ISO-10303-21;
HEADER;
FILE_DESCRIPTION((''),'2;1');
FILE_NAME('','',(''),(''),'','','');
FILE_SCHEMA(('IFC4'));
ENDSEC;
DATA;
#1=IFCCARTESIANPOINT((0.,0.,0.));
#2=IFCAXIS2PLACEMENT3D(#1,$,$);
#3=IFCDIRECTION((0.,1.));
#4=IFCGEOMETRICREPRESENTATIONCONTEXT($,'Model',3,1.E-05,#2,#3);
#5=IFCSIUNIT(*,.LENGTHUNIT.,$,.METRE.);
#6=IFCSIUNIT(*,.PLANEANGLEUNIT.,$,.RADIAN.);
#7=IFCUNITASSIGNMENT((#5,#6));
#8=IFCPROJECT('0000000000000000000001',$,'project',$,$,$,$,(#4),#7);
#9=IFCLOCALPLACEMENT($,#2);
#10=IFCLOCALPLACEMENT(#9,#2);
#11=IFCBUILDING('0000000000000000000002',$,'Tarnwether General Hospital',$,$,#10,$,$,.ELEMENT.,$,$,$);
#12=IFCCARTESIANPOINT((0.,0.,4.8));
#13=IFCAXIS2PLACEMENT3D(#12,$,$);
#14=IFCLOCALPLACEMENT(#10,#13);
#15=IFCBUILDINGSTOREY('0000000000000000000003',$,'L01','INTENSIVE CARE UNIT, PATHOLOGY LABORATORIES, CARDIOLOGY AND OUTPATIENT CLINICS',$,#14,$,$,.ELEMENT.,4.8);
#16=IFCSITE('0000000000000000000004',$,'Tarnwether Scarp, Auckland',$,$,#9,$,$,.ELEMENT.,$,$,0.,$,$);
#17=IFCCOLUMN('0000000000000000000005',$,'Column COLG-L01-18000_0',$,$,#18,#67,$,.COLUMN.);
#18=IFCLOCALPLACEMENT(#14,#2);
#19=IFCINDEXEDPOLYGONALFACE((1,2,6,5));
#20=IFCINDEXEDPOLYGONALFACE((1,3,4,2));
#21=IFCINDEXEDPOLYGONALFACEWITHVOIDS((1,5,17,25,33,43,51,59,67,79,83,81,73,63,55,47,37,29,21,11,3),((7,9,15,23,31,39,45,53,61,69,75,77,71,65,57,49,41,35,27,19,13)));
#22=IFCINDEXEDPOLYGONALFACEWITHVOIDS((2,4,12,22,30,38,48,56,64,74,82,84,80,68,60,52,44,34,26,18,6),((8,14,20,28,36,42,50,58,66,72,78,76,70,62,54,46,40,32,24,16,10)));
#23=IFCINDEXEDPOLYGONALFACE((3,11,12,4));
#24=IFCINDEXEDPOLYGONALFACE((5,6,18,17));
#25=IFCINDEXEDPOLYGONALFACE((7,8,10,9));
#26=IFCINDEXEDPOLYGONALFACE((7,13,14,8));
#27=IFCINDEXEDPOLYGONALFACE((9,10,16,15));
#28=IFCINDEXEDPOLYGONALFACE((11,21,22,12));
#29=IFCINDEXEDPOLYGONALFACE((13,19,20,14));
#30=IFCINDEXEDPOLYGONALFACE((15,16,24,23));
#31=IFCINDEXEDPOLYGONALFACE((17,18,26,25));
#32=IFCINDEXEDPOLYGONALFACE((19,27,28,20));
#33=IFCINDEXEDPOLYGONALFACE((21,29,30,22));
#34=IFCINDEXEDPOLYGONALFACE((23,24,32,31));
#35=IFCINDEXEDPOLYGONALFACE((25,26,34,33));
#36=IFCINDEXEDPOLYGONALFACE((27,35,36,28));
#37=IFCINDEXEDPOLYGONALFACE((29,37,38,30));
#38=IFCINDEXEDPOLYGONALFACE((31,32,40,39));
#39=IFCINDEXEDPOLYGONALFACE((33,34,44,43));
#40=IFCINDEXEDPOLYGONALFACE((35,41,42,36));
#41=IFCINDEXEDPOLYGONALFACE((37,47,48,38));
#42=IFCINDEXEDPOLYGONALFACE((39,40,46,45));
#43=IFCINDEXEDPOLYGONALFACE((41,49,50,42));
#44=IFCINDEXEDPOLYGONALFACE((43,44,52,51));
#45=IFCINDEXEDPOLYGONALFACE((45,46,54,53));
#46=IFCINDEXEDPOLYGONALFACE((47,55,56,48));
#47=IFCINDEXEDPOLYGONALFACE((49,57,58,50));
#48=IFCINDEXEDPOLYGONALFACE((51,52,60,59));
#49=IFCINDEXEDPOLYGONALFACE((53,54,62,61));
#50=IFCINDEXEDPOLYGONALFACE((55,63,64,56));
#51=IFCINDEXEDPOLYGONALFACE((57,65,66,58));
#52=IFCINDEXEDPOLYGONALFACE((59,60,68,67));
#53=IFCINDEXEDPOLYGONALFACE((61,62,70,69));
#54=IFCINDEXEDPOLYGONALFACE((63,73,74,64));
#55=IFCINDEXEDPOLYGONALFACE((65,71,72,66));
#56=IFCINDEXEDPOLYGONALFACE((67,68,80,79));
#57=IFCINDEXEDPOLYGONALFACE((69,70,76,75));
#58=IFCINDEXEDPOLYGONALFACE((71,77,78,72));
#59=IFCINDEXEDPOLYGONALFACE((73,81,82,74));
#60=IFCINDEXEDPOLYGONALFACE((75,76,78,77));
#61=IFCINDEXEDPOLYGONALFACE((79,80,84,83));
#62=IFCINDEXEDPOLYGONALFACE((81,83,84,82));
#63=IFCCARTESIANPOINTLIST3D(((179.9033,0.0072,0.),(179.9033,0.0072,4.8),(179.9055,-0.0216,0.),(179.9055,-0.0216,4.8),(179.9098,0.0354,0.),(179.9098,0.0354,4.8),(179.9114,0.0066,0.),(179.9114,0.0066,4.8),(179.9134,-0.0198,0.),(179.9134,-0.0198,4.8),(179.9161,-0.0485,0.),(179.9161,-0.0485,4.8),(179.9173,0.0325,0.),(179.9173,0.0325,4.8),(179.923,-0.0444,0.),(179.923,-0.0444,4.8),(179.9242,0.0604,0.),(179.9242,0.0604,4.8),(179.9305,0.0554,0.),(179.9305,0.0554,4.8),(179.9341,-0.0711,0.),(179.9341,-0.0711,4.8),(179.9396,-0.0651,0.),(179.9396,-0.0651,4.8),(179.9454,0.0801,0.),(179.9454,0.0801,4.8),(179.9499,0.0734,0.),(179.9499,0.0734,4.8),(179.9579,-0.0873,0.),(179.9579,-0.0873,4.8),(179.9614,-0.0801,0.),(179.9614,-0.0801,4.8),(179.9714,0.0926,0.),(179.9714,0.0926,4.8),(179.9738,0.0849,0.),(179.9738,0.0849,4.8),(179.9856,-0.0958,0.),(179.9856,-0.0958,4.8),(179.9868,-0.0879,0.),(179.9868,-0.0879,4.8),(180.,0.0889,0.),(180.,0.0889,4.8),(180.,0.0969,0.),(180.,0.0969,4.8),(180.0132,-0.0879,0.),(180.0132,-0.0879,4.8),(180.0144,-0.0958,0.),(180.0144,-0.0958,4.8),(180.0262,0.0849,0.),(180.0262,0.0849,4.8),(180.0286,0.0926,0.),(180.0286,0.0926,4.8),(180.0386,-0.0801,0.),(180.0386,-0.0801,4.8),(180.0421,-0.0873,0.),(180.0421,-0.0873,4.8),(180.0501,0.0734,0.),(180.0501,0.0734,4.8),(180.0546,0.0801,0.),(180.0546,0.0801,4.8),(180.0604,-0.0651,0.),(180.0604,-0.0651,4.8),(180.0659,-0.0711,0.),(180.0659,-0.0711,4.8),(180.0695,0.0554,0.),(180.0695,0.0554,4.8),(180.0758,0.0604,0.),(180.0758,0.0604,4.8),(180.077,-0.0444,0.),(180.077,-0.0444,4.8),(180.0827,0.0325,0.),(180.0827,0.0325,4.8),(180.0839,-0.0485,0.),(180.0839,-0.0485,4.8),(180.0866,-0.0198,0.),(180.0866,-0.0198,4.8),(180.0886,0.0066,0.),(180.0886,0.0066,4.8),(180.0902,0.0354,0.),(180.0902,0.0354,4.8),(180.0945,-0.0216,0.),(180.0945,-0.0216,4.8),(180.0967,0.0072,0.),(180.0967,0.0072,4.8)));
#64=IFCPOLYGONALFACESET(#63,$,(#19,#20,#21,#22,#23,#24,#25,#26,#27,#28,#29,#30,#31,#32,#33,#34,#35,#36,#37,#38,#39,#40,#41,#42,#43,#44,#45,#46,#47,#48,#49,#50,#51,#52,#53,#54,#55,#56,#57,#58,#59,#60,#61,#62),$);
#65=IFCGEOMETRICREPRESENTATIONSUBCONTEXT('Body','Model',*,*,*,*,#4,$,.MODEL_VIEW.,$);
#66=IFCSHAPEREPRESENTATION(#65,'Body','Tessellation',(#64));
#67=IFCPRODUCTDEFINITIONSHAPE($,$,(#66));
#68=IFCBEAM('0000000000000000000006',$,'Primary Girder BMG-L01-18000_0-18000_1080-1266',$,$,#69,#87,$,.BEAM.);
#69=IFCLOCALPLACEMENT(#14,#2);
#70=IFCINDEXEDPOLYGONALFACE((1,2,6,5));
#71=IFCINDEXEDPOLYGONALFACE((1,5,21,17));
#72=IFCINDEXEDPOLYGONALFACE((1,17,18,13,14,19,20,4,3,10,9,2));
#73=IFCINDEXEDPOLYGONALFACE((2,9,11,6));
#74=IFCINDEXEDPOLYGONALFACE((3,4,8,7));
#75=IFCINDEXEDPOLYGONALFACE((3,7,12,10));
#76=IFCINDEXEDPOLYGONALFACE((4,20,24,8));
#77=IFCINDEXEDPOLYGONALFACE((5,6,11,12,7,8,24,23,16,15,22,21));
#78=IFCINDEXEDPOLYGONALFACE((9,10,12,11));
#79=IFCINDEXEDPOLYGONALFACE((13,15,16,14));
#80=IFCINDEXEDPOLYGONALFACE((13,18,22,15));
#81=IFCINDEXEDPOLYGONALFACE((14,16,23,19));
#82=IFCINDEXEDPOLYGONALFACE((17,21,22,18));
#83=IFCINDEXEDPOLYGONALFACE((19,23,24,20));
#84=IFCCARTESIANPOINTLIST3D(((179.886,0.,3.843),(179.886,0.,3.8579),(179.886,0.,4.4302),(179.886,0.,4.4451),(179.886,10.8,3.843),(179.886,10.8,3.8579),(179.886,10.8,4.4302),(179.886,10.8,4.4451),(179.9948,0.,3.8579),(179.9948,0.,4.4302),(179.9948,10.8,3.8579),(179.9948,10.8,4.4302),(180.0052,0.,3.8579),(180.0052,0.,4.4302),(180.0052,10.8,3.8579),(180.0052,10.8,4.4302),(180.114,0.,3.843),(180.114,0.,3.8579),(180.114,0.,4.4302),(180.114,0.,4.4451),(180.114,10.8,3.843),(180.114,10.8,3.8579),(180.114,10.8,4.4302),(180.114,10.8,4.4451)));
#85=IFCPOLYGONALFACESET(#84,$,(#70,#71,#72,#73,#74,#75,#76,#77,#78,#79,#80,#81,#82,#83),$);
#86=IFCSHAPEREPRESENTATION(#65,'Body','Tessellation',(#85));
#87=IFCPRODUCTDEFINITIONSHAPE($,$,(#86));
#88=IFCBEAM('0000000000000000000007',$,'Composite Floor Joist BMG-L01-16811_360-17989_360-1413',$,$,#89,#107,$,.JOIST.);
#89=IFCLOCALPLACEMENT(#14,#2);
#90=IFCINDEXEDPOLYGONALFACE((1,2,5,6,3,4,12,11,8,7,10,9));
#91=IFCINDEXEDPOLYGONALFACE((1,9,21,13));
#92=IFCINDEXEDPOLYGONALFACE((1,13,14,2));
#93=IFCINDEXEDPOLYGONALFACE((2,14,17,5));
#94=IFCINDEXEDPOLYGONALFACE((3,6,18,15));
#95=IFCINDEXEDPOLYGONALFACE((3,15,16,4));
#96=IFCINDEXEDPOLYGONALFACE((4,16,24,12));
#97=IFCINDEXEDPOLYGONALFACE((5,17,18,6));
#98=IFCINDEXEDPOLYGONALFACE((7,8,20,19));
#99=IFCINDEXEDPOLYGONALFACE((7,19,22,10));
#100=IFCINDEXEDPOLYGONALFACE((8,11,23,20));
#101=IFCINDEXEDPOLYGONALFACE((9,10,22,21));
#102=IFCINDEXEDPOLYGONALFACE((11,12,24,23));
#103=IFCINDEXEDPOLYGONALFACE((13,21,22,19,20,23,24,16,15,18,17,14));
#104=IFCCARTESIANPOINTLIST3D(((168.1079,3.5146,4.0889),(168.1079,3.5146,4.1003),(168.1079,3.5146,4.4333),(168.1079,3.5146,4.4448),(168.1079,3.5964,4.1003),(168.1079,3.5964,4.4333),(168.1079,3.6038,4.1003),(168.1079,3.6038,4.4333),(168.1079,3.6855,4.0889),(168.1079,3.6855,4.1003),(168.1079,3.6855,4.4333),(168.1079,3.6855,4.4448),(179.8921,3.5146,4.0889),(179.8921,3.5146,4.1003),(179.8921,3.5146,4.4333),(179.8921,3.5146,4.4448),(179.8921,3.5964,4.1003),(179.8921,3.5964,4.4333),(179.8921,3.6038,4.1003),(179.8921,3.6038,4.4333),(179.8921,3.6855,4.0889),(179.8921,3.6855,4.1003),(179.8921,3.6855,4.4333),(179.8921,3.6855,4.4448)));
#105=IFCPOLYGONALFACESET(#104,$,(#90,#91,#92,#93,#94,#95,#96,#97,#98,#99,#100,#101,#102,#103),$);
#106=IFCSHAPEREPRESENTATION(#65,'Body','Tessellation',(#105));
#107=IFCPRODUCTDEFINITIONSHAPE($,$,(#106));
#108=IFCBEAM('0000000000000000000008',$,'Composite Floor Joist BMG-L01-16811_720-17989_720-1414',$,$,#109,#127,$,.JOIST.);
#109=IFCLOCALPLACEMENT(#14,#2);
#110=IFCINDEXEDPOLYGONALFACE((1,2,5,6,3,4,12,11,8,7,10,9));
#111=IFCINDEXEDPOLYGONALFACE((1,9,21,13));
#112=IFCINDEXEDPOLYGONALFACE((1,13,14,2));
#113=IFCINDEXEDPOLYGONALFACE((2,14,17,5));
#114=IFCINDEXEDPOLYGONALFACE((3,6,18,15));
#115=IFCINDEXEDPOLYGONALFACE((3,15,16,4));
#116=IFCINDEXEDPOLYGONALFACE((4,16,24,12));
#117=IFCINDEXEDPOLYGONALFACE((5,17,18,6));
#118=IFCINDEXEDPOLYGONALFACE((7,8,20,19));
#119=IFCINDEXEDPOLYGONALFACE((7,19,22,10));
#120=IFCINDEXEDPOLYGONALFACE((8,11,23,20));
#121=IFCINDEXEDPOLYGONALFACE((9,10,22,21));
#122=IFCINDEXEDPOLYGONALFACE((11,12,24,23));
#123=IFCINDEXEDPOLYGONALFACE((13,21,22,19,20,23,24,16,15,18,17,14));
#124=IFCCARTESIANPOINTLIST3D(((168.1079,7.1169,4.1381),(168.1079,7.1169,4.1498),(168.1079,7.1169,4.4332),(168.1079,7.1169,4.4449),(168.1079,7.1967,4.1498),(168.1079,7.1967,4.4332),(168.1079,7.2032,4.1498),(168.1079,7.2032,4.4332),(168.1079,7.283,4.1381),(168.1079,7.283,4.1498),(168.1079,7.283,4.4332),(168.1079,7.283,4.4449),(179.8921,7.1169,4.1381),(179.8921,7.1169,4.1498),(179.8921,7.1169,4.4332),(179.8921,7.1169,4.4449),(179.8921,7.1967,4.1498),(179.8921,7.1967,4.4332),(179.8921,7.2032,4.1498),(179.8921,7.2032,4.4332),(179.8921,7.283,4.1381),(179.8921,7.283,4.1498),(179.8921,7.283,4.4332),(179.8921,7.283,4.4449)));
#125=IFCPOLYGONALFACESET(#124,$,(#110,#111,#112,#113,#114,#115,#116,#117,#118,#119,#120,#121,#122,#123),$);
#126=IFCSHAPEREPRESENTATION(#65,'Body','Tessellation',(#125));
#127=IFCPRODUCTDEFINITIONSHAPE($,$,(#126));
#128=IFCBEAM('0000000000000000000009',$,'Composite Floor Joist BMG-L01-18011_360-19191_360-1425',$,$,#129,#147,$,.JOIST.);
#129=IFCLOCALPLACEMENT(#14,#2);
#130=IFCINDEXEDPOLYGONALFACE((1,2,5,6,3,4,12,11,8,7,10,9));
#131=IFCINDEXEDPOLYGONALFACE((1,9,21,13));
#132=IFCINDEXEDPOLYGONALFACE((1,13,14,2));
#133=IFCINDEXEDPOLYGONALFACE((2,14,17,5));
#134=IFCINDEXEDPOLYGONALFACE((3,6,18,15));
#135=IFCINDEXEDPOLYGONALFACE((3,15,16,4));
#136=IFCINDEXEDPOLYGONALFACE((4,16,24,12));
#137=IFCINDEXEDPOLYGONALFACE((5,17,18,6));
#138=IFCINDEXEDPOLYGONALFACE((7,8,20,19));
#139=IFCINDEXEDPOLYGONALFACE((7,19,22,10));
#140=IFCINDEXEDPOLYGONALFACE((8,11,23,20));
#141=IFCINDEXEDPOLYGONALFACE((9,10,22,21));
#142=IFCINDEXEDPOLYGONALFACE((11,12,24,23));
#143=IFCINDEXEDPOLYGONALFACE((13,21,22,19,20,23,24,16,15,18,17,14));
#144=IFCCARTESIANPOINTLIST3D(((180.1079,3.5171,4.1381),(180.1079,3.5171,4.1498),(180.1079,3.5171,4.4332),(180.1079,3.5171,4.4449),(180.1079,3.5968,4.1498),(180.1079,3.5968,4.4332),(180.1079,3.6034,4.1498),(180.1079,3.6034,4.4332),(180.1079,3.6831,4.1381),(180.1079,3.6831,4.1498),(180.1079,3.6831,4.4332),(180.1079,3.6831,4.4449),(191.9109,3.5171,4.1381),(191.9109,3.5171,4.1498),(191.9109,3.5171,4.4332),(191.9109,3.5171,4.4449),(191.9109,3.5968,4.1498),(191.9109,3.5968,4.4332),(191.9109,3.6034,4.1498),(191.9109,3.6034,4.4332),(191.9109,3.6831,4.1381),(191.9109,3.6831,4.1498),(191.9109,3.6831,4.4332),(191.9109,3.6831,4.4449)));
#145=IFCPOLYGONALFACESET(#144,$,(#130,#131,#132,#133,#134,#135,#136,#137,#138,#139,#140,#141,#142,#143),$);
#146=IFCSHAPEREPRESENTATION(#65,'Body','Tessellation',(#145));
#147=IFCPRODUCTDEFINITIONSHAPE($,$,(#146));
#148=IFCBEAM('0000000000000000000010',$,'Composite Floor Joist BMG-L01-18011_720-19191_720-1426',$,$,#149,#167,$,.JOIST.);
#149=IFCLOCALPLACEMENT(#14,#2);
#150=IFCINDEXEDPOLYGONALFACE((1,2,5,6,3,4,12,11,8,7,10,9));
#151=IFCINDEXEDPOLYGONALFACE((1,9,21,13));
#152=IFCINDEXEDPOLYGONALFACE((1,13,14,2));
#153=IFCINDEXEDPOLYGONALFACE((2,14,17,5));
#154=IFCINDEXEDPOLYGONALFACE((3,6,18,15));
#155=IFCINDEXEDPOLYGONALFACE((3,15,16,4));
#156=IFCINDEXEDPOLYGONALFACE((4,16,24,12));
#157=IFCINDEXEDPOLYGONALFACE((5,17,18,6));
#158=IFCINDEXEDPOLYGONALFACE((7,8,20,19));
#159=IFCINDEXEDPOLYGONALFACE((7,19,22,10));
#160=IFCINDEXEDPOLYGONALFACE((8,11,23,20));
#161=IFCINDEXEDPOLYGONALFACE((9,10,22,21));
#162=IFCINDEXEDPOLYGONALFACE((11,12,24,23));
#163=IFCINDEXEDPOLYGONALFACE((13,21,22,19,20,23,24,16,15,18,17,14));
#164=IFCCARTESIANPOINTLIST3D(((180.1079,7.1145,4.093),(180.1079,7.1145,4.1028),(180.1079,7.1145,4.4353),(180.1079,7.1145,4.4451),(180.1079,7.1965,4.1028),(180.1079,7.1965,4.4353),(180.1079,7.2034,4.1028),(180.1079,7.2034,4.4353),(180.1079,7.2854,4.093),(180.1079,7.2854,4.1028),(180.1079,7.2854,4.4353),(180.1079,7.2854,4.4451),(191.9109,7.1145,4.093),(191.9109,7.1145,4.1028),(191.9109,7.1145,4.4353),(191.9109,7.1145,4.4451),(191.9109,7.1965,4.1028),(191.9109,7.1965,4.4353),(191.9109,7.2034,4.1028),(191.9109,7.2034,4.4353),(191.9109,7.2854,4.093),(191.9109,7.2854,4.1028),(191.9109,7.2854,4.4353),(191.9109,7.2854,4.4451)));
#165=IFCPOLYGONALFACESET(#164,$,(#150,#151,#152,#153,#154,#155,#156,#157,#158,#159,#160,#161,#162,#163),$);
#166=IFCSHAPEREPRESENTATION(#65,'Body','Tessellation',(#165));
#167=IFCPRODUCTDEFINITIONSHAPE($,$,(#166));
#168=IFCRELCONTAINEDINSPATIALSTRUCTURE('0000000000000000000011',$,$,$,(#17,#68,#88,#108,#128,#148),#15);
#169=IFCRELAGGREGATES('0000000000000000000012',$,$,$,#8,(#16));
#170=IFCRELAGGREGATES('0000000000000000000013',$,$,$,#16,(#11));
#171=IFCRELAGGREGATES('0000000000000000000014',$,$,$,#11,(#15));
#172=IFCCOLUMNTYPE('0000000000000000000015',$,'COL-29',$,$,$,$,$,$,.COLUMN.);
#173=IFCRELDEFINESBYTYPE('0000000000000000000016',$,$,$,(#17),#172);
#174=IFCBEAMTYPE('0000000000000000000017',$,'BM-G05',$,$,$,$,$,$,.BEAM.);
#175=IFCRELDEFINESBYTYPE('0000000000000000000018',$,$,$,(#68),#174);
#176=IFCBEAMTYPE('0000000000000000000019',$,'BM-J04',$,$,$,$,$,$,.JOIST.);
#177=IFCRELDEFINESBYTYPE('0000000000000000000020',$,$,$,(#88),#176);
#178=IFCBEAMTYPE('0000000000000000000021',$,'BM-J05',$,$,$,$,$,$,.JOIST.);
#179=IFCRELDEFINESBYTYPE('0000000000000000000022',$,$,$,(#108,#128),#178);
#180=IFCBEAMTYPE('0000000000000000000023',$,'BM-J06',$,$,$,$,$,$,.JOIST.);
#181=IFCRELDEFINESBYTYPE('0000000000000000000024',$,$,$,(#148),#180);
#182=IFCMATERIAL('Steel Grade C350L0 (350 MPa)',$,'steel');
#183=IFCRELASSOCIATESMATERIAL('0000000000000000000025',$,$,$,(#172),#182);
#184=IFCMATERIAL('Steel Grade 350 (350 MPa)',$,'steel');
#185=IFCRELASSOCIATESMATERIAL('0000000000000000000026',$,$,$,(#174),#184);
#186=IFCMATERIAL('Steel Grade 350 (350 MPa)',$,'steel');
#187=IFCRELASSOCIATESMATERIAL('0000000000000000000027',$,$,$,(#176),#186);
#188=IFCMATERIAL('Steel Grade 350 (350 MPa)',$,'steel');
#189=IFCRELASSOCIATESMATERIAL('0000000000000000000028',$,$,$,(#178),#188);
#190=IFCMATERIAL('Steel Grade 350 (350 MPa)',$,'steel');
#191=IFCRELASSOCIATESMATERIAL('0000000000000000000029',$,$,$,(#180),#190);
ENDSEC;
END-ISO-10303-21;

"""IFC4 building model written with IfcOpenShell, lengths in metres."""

from ifc_helpers import new_model, si_unit, direction, frame, origin, origin_2d, place, context, subcontext, project, spatial, hollow_circle, i_section, extrude, material, material_profile, profile_set, type_object, element, save


model = new_model("IFC4")

# Units and contexts
model_context = context("Model", 3, precision=1e-05, world=origin(), true_north=direction((0.0, 1.0)))
body_context = subcontext(model_context, "Body", "Model", "MODEL_VIEW")
ifc_project = project(units=[si_unit("LENGTHUNIT", "METRE"), si_unit("PLANEANGLEUNIT", "RADIAN")], contexts=[model_context])

# Site, building, storey
site_placement = place(None, origin())
site = spatial("IfcSite", under=ifc_project, at=site_placement, Name="Tarnwether Scarp, Auckland", CompositionType="ELEMENT", RefElevation=0.0)
building_placement = place(site_placement, origin())
building = spatial("IfcBuilding", under=site, at=building_placement, Name="Tarnwether General Hospital", CompositionType="ELEMENT")
storey_placement = place(building_placement, frame((0.0, 0.0, 4.8)))
storey = spatial("IfcBuildingStorey", under=building, at=storey_placement, Name="L01", Description="INTENSIVE CARE UNIT, PATHOLOGY LABORATORIES, CARDIOLOGY AND OUTPATIENT CLINICS", CompositionType="ELEMENT", Elevation=4.8)

# Column
ifc_material_1 = material(Name="Steel Grade C350L0 (350 MPa)", Category="steel")
ifc_material_profile_1 = material_profile(ifc_material_1, hollow_circle(Radius=0.0969, WallThickness=0.0081, at=origin_2d()), Name="CHS193.7x8.0")
ifc_profile_set_1 = profile_set([ifc_material_profile_1], Name="Steel Grade C350L0 (350 MPa)")
column_type = type_object("IfcColumnType", Name="COL-29", PredefinedType="COLUMN", material=ifc_profile_set_1)
column_placement = place(storey_placement, frame((180.0, 0.0, 0.0), z_axis=(0.0, 0.0, 1.0), x_axis=(0.0, 1.0, 0.0)))
element("IfcColumn", 1, at=column_placement, inside=storey, type_object=column_type, Name="Column COLG-L01-18000_0", PredefinedType="COLUMN", context=body_context, shape_type="SweptSolid", body=[
    extrude(hollow_circle(Radius=0.0969, WallThickness=0.0081, at=origin_2d()), origin(), (0.0, 0.0, 1.0), 4.8),
])

# Beams
ifc_material_2 = material(Name="Steel Grade 350 (350 MPa)", Category="steel")
ifc_material_profile_2 = material_profile(ifc_material_2, i_section(OverallWidth=0.228, OverallDepth=0.6021, WebThickness=0.0105, FlangeThickness=0.0149, at=origin_2d()), Name="610UB101")
ifc_profile_set_2 = profile_set([ifc_material_profile_2], Name="Steel Grade 350 (350 MPa)")
beam_type_1 = type_object("IfcBeamType", Name="BM-G05", PredefinedType="BEAM", material=ifc_profile_set_2)
beam_1_placement = place(storey_placement, frame((180.0, 0.0, 4.144), z_axis=(0.0, 1.0, 0.0), x_axis=(-1.0, 0.0, 0.0)))
element("IfcBeam", 2, at=beam_1_placement, inside=storey, type_object=beam_type_1, Name="Primary Girder BMG-L01-18000_0-18000_1080-1266", PredefinedType="BEAM", context=body_context, shape_type="SweptSolid", body=[
    extrude(i_section(OverallWidth=0.228, OverallDepth=0.6021, WebThickness=0.0105, FlangeThickness=0.0149, at=origin_2d()), origin(), (0.0, 0.0, 1.0), 10.8),
])
ifc_material_3 = material(Name="Steel Grade 350 (350 MPa)", Category="steel")
ifc_material_profile_3 = material_profile(ifc_material_3, i_section(OverallWidth=0.1709, OverallDepth=0.356, WebThickness=0.0073, FlangeThickness=0.0115, at=origin_2d()), Name="360UB50.7")
ifc_profile_set_3 = profile_set([ifc_material_profile_3], Name="Steel Grade 350 (350 MPa)")
beam_type_2 = type_object("IfcBeamType", Name="BM-J04", PredefinedType="JOIST", material=ifc_profile_set_3)
beam_2_placement = place(storey_placement, frame((168.1079, 3.6001, 4.2668), z_axis=(1.0, 0.0, 0.0), x_axis=(0.0, 1.0, 0.0)))
element("IfcBeam", 3, at=beam_2_placement, inside=storey, type_object=beam_type_2, Name="Composite Floor Joist BMG-L01-16811_360-17989_360-1413", PredefinedType="JOIST", context=body_context, shape_type="SweptSolid", body=[
    extrude(i_section(OverallWidth=0.1709, OverallDepth=0.356, WebThickness=0.0073, FlangeThickness=0.0115, at=origin_2d()), origin(), (0.0, 0.0, 1.0), 11.7842),
])
ifc_material_4 = material(Name="Steel Grade 350 (350 MPa)", Category="steel")
ifc_material_profile_4 = material_profile(ifc_material_4, i_section(OverallWidth=0.166, OverallDepth=0.3069, WebThickness=0.0066, FlangeThickness=0.0117, at=origin_2d()), Name="310UB46.2")
ifc_profile_set_4 = profile_set([ifc_material_profile_4], Name="Steel Grade 350 (350 MPa)")
beam_type_3 = type_object("IfcBeamType", Name="BM-J05", PredefinedType="JOIST", material=ifc_profile_set_4)
beam_3_placement = place(storey_placement, frame((168.1079, 7.2, 4.2915), z_axis=(1.0, 0.0, 0.0), x_axis=(0.0, 1.0, 0.0)))
element("IfcBeam", 4, at=beam_3_placement, inside=storey, type_object=beam_type_3, Name="Composite Floor Joist BMG-L01-16811_720-17989_720-1414", PredefinedType="JOIST", context=body_context, shape_type="SweptSolid", body=[
    extrude(i_section(OverallWidth=0.166, OverallDepth=0.3069, WebThickness=0.0066, FlangeThickness=0.0117, at=origin_2d()), origin(), (0.0, 0.0, 1.0), 11.7842),
])
beam_4_placement = place(storey_placement, frame((180.1079, 3.6001, 4.2915), z_axis=(1.0, 0.0, 0.0), x_axis=(0.0, 1.0, 0.0)))
element("IfcBeam", 5, at=beam_4_placement, inside=storey, type_object=beam_type_3, Name="Composite Floor Joist BMG-L01-18011_360-19191_360-1425", PredefinedType="JOIST", context=body_context, shape_type="SweptSolid", body=[
    extrude(i_section(OverallWidth=0.166, OverallDepth=0.3069, WebThickness=0.0066, FlangeThickness=0.0117, at=origin_2d()), origin(), (0.0, 0.0, 1.0), 11.803),
])
ifc_material_5 = material(Name="Steel Grade 350 (350 MPa)", Category="steel")
ifc_material_profile_5 = material_profile(ifc_material_5, i_section(OverallWidth=0.1709, OverallDepth=0.3521, WebThickness=0.0068, FlangeThickness=0.0098, at=origin_2d()), Name="360UB44.7")
ifc_profile_set_5 = profile_set([ifc_material_profile_5], Name="Steel Grade 350 (350 MPa)")
beam_type_4 = type_object("IfcBeamType", Name="BM-J06", PredefinedType="JOIST", material=ifc_profile_set_5)
beam_5_placement = place(storey_placement, frame((180.1079, 7.2, 4.269), z_axis=(1.0, 0.0, 0.0), x_axis=(0.0, 1.0, 0.0)))
element("IfcBeam", 6, at=beam_5_placement, inside=storey, type_object=beam_type_4, Name="Composite Floor Joist BMG-L01-18011_720-19191_720-1426", PredefinedType="JOIST", context=body_context, shape_type="SweptSolid", body=[
    extrude(i_section(OverallWidth=0.1709, OverallDepth=0.3521, WebThickness=0.0068, FlangeThickness=0.0098, at=origin_2d()), origin(), (0.0, 0.0, 1.0), 11.803),
])

save(model, "model.ifc")
